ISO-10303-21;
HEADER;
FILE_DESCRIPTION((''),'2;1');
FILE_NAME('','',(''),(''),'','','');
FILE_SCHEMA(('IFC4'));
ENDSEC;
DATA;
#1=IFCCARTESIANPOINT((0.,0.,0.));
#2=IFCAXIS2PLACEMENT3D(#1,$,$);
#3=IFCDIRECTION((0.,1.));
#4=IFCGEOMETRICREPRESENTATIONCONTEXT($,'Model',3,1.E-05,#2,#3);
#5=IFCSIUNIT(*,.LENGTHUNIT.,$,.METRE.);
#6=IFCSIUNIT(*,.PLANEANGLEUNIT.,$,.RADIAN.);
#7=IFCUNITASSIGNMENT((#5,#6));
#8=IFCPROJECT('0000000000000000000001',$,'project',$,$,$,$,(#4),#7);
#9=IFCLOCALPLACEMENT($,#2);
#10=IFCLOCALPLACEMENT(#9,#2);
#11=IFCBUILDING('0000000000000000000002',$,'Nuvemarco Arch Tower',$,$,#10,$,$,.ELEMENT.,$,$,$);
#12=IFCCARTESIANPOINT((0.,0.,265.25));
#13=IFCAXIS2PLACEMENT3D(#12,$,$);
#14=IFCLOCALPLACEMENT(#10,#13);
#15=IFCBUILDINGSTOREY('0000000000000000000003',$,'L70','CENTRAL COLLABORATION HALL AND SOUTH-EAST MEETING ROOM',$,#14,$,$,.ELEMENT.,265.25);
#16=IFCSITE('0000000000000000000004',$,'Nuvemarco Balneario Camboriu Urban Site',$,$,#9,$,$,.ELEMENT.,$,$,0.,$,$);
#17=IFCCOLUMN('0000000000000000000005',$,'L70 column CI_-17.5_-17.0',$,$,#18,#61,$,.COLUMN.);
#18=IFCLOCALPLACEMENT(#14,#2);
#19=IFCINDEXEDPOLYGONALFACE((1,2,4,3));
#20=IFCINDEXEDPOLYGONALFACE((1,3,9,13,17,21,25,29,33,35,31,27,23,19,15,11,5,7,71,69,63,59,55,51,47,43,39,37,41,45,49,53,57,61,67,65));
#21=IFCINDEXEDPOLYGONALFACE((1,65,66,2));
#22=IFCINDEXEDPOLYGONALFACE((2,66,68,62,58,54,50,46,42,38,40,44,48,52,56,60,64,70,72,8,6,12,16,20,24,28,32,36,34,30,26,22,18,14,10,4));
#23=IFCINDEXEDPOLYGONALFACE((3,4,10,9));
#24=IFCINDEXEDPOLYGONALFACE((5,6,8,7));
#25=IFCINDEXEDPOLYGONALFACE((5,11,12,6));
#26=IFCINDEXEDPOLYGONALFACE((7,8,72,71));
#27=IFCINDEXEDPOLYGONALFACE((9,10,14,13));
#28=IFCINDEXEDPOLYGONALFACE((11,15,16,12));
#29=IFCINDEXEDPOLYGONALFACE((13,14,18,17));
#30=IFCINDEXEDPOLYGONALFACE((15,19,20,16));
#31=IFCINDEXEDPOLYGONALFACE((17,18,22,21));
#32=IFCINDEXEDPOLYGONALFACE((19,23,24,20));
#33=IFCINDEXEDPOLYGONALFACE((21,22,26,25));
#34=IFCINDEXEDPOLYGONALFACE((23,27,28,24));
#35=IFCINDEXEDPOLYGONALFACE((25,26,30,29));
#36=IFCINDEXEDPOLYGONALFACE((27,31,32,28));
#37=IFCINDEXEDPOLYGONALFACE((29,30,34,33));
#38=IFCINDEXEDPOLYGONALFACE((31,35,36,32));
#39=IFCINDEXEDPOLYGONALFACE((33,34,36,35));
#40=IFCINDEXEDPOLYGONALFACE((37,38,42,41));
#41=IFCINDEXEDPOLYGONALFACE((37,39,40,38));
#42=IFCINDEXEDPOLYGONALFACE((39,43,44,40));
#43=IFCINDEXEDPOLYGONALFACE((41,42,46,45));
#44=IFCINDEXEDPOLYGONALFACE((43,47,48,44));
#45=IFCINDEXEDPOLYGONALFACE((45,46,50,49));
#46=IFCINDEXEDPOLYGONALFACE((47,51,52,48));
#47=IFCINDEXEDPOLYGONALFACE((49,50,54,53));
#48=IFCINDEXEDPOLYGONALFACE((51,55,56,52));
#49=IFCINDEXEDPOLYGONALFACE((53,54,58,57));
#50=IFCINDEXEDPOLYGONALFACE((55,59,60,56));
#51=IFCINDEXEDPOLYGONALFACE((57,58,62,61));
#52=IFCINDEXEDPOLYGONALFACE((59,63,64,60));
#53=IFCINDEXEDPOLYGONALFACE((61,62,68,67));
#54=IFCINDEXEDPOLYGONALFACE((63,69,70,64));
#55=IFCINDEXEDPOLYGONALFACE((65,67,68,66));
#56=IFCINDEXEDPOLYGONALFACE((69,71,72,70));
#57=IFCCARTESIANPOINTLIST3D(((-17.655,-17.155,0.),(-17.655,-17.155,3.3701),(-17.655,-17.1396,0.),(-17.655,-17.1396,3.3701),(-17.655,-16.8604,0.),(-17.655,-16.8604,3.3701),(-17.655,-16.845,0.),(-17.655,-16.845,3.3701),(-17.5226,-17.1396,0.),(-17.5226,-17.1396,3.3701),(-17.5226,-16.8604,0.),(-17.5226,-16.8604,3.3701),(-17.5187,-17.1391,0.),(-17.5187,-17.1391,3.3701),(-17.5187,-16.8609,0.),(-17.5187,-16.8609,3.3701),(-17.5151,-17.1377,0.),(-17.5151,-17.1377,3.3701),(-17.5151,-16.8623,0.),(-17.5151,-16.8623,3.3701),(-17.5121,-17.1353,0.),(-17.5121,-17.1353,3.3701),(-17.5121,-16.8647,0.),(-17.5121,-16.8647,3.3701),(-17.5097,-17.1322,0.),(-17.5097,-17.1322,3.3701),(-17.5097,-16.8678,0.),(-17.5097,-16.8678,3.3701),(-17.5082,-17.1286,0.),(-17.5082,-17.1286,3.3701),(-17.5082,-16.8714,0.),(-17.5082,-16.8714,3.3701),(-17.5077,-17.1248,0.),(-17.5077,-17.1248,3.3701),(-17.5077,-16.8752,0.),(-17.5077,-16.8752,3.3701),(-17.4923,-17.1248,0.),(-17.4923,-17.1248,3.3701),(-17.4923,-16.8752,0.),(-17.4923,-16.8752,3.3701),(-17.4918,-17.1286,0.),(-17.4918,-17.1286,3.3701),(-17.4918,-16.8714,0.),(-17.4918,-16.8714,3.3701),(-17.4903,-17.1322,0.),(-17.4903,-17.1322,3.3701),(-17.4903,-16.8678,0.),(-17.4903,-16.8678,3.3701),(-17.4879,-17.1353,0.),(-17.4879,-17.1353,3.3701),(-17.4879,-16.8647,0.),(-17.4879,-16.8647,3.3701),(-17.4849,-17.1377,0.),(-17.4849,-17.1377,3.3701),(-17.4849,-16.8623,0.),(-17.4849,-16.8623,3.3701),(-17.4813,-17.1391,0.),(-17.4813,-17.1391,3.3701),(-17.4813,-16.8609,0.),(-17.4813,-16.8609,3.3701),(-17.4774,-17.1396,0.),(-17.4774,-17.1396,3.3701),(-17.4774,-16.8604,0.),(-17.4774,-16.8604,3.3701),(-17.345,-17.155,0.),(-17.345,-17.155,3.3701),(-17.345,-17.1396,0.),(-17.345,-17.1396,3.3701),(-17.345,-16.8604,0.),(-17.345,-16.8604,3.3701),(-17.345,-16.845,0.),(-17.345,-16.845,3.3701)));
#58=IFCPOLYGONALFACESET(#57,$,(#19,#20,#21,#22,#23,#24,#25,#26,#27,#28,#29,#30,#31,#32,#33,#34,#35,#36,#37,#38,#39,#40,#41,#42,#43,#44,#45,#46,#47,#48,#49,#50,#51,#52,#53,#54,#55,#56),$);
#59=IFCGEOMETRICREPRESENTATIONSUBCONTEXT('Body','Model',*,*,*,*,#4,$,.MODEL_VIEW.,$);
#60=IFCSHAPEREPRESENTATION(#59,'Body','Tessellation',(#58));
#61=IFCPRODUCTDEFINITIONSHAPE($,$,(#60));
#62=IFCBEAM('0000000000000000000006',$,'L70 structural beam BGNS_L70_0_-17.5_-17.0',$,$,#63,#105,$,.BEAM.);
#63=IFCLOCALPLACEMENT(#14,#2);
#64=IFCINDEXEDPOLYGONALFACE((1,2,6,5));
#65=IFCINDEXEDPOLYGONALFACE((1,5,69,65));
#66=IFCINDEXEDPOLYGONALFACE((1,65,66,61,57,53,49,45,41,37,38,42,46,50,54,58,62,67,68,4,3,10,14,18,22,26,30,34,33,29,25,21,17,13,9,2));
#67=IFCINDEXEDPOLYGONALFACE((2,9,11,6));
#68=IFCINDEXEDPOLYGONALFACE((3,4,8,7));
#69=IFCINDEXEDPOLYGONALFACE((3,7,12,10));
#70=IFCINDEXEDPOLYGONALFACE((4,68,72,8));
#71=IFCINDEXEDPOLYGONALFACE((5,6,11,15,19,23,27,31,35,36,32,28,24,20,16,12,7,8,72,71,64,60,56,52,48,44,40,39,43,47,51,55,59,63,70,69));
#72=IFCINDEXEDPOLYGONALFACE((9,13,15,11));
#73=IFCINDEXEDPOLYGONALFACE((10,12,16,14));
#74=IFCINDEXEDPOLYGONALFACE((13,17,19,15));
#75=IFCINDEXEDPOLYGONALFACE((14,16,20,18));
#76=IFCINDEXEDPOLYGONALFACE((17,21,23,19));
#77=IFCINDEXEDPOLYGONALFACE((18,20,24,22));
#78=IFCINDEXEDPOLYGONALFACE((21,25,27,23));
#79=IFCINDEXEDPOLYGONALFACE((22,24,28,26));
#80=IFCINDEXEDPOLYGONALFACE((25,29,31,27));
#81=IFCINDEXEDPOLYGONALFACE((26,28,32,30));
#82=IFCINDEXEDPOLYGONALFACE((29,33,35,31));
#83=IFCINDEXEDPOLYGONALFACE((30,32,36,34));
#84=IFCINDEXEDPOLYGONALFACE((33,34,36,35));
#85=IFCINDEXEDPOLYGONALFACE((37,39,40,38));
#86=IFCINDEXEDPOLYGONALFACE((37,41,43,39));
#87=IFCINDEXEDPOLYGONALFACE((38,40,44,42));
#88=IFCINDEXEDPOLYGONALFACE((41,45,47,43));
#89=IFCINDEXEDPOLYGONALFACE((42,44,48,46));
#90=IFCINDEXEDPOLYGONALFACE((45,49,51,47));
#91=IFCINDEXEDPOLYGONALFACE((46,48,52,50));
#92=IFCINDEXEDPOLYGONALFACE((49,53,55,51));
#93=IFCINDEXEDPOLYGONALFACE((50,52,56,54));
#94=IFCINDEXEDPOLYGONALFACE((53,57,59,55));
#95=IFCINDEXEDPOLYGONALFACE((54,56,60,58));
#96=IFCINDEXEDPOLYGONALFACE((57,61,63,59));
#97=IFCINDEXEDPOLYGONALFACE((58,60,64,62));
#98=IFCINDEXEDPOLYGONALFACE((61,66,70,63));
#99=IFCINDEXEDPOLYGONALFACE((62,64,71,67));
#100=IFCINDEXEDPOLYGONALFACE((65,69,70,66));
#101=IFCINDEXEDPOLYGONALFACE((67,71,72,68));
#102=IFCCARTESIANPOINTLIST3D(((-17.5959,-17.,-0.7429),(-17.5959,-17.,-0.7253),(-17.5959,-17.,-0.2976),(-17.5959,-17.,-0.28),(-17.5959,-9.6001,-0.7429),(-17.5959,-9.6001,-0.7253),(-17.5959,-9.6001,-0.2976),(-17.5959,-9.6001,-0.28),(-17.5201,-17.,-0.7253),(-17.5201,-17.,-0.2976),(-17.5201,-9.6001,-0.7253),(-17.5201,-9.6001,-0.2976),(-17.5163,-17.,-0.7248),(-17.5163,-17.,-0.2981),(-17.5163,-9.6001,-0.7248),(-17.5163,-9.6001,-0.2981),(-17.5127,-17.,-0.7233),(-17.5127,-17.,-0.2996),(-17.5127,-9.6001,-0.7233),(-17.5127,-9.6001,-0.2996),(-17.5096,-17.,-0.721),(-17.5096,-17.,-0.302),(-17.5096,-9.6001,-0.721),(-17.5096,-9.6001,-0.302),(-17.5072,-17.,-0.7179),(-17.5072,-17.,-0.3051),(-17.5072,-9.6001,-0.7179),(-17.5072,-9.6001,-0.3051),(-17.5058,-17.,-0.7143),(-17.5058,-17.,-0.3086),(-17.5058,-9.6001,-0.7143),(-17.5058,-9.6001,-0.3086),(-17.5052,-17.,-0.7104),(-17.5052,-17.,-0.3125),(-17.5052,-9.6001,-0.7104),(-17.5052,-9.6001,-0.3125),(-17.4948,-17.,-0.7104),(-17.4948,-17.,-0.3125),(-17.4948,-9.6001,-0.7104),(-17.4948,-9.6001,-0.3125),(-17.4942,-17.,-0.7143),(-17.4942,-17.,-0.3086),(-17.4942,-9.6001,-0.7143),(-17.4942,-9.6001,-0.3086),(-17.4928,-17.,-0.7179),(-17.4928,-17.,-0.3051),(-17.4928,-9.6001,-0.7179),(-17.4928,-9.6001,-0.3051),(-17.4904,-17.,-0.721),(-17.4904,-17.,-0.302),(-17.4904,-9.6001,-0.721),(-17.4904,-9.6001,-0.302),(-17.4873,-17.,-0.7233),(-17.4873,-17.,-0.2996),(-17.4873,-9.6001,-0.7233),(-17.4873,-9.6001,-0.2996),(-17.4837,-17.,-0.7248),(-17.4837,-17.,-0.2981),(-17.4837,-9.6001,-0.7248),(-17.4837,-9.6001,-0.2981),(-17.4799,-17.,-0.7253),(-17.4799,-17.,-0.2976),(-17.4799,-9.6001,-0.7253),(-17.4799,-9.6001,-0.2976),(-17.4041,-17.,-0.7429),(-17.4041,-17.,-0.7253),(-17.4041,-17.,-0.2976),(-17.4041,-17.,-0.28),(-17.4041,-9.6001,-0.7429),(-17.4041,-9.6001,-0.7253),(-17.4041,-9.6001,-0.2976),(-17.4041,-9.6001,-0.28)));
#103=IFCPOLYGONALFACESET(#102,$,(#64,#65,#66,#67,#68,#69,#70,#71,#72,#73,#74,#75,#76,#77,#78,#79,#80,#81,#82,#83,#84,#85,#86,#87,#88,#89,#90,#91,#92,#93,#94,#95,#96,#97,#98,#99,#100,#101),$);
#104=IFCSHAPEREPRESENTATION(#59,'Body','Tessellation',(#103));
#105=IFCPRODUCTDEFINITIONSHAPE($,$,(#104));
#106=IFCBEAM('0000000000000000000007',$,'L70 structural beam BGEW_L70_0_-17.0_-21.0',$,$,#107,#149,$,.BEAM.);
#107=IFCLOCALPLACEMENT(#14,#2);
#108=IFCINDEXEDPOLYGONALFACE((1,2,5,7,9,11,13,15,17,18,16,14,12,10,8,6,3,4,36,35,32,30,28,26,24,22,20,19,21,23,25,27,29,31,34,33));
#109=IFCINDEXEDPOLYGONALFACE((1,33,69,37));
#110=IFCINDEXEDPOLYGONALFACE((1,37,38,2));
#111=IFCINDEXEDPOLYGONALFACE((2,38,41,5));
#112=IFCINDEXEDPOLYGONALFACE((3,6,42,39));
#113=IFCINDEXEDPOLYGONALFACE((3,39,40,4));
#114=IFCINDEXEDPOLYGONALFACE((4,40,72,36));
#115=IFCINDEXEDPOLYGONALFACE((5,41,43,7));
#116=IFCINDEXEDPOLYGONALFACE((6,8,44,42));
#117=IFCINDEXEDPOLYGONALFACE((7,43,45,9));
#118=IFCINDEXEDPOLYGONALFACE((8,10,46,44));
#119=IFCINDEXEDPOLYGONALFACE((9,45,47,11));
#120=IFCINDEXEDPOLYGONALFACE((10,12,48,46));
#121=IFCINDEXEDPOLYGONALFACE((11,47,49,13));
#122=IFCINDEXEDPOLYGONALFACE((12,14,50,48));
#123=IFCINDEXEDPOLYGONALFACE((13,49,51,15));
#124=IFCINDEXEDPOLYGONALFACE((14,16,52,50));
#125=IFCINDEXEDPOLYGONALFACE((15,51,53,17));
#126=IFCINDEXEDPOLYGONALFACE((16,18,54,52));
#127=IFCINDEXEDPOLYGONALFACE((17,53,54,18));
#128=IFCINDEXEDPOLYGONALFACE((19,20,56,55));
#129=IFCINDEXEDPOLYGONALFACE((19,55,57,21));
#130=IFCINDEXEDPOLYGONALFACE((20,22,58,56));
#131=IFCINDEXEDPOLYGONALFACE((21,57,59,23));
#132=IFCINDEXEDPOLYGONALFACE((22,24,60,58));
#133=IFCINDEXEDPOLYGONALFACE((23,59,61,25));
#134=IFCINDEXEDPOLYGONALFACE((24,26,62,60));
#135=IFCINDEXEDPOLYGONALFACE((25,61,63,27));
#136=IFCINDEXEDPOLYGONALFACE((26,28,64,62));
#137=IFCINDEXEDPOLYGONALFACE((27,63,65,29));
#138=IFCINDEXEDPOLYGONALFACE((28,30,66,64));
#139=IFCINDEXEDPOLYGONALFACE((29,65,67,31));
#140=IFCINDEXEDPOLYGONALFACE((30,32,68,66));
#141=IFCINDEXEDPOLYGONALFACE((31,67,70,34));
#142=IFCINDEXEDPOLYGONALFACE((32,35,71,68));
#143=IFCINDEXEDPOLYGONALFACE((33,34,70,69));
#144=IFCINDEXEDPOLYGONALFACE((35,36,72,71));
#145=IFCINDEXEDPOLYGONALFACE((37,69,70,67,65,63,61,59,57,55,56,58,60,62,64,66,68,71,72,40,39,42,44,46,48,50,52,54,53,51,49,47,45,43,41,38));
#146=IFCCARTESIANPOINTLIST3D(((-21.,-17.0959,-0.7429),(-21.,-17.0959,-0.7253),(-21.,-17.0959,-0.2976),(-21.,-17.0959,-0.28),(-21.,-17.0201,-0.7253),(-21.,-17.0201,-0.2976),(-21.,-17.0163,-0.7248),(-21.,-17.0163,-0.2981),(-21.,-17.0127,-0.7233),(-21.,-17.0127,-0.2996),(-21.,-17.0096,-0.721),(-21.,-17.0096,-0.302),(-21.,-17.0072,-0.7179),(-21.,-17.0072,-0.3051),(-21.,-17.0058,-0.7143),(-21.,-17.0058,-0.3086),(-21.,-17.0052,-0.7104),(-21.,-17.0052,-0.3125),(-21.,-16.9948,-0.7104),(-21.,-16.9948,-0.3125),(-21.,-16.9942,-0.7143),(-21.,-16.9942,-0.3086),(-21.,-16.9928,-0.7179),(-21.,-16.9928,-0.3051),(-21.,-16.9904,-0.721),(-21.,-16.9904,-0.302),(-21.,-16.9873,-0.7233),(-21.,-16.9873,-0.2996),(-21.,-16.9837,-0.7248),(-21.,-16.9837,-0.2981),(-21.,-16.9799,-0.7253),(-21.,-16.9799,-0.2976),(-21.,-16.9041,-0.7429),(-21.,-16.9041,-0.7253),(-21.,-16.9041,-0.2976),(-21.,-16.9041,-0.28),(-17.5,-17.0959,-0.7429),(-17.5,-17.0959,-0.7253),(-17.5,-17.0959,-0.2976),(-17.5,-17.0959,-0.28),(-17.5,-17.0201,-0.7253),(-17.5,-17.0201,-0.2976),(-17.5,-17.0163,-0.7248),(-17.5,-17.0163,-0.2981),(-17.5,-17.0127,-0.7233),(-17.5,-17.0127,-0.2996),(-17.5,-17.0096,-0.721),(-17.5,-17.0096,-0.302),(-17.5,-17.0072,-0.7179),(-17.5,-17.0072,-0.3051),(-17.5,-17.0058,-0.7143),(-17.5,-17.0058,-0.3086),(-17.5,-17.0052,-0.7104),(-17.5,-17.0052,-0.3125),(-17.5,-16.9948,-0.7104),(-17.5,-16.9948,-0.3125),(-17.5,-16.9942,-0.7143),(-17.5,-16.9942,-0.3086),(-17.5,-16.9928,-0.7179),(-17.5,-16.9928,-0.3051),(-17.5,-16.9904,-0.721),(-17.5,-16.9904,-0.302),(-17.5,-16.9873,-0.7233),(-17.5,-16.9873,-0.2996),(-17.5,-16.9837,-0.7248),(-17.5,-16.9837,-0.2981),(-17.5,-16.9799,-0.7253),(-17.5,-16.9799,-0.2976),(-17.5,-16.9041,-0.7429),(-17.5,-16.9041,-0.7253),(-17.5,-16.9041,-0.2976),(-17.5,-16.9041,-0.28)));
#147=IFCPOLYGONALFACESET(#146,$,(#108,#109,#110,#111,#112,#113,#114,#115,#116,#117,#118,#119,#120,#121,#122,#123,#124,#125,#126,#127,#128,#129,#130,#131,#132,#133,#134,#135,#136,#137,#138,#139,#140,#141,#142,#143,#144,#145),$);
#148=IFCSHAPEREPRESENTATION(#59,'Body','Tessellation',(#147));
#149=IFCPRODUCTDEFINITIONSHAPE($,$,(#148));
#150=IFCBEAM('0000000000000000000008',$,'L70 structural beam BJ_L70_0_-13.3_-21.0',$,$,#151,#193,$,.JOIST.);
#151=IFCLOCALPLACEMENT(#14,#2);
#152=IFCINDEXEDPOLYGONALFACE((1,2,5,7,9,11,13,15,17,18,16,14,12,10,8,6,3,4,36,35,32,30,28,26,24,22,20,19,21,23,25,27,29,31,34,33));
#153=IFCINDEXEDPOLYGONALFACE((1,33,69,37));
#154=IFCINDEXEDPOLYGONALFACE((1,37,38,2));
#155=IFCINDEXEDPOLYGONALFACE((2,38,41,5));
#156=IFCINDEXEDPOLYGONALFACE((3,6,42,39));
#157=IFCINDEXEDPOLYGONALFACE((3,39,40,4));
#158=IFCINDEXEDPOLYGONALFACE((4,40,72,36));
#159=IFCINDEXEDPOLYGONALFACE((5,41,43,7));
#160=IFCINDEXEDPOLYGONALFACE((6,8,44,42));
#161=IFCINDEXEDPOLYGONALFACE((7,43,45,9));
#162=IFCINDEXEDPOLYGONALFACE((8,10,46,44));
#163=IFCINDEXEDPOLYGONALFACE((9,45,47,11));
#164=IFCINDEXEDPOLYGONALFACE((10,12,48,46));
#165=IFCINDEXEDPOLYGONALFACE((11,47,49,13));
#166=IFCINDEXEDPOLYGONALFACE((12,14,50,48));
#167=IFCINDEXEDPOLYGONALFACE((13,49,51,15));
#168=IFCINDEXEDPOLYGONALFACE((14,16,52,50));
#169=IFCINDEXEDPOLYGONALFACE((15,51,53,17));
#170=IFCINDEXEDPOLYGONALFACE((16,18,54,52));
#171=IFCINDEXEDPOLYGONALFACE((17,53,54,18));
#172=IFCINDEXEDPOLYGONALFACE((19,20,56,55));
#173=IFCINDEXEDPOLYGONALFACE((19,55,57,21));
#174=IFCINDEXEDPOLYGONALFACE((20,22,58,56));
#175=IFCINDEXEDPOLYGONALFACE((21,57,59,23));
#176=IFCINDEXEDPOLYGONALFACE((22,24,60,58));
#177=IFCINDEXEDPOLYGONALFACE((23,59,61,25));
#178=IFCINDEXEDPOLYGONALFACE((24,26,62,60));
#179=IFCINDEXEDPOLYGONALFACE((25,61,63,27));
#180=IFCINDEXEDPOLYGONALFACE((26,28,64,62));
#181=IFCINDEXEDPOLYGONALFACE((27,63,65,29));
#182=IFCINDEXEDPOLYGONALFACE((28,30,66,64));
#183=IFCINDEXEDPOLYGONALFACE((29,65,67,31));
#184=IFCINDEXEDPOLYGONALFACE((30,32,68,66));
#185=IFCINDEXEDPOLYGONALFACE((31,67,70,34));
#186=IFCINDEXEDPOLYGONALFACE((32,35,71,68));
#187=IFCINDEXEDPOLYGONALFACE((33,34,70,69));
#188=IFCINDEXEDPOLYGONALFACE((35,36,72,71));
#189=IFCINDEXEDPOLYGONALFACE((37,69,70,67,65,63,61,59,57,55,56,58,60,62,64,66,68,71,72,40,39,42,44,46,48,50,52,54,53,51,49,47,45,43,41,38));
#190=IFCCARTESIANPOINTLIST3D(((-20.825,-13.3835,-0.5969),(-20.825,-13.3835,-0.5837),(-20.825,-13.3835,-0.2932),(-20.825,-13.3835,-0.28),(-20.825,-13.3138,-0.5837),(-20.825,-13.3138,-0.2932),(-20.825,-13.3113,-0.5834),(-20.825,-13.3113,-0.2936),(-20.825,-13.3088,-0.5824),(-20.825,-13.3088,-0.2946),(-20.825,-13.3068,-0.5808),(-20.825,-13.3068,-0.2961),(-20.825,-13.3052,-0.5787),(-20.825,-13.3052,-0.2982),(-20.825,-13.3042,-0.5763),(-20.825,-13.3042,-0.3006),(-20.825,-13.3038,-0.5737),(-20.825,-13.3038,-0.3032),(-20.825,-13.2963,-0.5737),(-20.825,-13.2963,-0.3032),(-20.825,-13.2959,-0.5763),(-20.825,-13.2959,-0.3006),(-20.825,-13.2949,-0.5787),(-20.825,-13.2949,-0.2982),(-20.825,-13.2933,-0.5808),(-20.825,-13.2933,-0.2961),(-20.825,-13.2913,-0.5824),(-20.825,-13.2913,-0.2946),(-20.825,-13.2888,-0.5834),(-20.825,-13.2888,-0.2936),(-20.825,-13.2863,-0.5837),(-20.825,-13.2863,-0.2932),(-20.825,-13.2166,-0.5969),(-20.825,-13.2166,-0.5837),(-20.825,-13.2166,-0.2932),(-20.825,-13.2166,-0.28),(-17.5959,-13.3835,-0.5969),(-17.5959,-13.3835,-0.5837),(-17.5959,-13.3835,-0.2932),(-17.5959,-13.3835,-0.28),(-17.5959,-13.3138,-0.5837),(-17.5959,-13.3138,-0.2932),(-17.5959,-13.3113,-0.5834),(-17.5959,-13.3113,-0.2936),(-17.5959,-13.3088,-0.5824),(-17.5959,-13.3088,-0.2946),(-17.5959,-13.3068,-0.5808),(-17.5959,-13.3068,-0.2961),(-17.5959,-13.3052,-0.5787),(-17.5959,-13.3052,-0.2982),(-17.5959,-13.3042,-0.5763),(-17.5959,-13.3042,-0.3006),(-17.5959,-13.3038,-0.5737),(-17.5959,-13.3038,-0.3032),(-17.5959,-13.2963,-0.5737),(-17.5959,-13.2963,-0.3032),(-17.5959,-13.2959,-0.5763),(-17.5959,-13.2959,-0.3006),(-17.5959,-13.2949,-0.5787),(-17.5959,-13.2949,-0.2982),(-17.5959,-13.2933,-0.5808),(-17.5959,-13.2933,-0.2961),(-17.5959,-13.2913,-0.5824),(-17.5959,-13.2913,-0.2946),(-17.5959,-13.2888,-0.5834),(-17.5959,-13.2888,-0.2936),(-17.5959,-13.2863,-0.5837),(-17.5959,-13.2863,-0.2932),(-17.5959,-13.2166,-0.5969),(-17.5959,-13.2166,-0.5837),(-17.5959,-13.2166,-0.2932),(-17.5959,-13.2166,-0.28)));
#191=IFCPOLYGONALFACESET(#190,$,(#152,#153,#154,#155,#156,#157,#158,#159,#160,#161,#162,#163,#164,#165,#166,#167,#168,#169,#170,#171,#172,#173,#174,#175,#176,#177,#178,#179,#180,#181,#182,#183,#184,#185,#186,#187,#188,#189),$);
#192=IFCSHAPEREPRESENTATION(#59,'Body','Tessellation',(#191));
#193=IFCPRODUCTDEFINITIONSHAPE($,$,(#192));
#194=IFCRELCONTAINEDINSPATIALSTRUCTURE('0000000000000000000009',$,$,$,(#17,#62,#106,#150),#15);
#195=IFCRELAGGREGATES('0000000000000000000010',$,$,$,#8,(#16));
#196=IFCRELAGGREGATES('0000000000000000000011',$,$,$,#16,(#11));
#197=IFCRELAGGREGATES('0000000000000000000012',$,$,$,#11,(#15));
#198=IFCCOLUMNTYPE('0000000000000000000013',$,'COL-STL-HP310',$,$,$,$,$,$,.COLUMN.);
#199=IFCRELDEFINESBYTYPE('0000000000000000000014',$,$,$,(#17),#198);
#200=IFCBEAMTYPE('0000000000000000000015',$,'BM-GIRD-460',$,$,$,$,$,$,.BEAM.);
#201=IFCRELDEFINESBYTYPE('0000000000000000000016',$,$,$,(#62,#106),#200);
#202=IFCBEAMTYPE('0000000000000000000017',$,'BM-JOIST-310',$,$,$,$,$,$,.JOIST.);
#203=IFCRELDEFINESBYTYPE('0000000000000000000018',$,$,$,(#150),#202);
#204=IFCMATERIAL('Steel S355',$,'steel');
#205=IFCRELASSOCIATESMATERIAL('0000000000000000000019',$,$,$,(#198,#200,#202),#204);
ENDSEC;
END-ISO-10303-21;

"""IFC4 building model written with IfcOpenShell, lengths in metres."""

from ifc_helpers import new_model, si_unit, direction, frame, origin, origin_2d, place, context, subcontext, project, spatial, i_section, extrude, material, material_profile, profile_set, type_object, element, save


model = new_model("IFC4")

# Units and contexts
model_context = context("Model", 3, precision=1e-05, world=origin(), true_north=direction((0.0, 1.0)))
body_context = subcontext(model_context, "Body", "Model", "MODEL_VIEW")
ifc_project = project(units=[si_unit("LENGTHUNIT", "METRE"), si_unit("PLANEANGLEUNIT", "RADIAN")], contexts=[model_context])

# Site, building, storey
site_placement = place(None, origin())
site = spatial("IfcSite", under=ifc_project, at=site_placement, Name="Nuvemarco Balneario Camboriu Urban Site", CompositionType="ELEMENT", RefElevation=0.0)
building_placement = place(site_placement, origin())
building = spatial("IfcBuilding", under=site, at=building_placement, Name="Nuvemarco Arch Tower", CompositionType="ELEMENT")
storey_placement = place(building_placement, frame((0.0, 0.0, 265.25)))
storey = spatial("IfcBuildingStorey", under=building, at=storey_placement, Name="L70", Description="CENTRAL COLLABORATION HALL AND SOUTH-EAST MEETING ROOM", CompositionType="ELEMENT", Elevation=265.25)

# Column
ifc_material_1 = material(Name="Steel S355", Category="steel")
ifc_material_profile_1 = material_profile(ifc_material_1, i_section(OverallWidth=0.3101, OverallDepth=0.3101, WebThickness=0.0154, FlangeThickness=0.0154, FilletRadius=0.0149, at=origin_2d()), Name="HP310x110")
ifc_profile_set_1 = profile_set([ifc_material_profile_1], Name="Steel S355")
column_type = type_object("IfcColumnType", Name="COL-STL-HP310", PredefinedType="COLUMN", material=ifc_profile_set_1)
column_placement = place(storey_placement, frame((-17.5, -17.0, 0.0), z_axis=(0.0, 0.0, 1.0), x_axis=(1.0, 0.0, 0.0)))
element("IfcColumn", 1, at=column_placement, inside=storey, type_object=column_type, Name="L70 column CI_-17.5_-17.0", PredefinedType="COLUMN", context=body_context, shape_type="SweptSolid", body=[
    extrude(i_section(OverallWidth=0.3101, OverallDepth=0.3101, WebThickness=0.0154, FlangeThickness=0.0154, FilletRadius=0.0149, at=origin_2d()), origin(), (0.0, 0.0, 1.0), 3.3701),
])

# Beams
ifc_material_profile_2 = material_profile(ifc_material_1, i_section(OverallWidth=0.1919, OverallDepth=0.4629, WebThickness=0.0105, FlangeThickness=0.0176, FilletRadius=0.0149, at=origin_2d()), Name="W460x89")
ifc_profile_set_2 = profile_set([ifc_material_profile_2], Name="Steel S355")
beam_type_1 = type_object("IfcBeamType", Name="BM-GIRD-460", PredefinedType="BEAM", material=ifc_profile_set_2)
beam_1_placement = place(storey_placement, frame((-17.5, -17.0, -0.5115), z_axis=(0.0, 1.0, 0.0), x_axis=(-1.0, 0.0, 0.0)))
element("IfcBeam", 2, at=beam_1_placement, inside=storey, type_object=beam_type_1, Name="L70 structural beam BGNS_L70_0_-17.5_-17.0", PredefinedType="BEAM", context=body_context, shape_type="SweptSolid", body=[
    extrude(i_section(OverallWidth=0.1919, OverallDepth=0.4629, WebThickness=0.0105, FlangeThickness=0.0176, FilletRadius=0.0149, at=origin_2d()), origin(), (0.0, 0.0, 1.0), 7.3999),
])
beam_2_placement = place(storey_placement, frame((-21.0, -17.0, -0.5115), z_axis=(1.0, 0.0, 0.0), x_axis=(0.0, 1.0, 0.0)))
element("IfcBeam", 3, at=beam_2_placement, inside=storey, type_object=beam_type_1, Name="L70 structural beam BGEW_L70_0_-17.0_-21.0", PredefinedType="BEAM", context=body_context, shape_type="SweptSolid", body=[
    extrude(i_section(OverallWidth=0.1919, OverallDepth=0.4629, WebThickness=0.0105, FlangeThickness=0.0176, FilletRadius=0.0149, at=origin_2d()), origin(), (0.0, 0.0, 1.0), 3.5),
])
ifc_material_profile_3 = material_profile(ifc_material_1, i_section(OverallWidth=0.167, OverallDepth=0.3169, WebThickness=0.0076, FlangeThickness=0.0132, FilletRadius=0.01, at=origin_2d()), Name="W310x52")
ifc_profile_set_3 = profile_set([ifc_material_profile_3], Name="Steel S355")
beam_type_2 = type_object("IfcBeamType", Name="BM-JOIST-310", PredefinedType="JOIST", material=ifc_profile_set_3)
beam_3_placement = place(storey_placement, frame((-20.825, -13.3, -0.4385), z_axis=(1.0, 0.0, 0.0), x_axis=(0.0, 1.0, 0.0)))
element("IfcBeam", 4, at=beam_3_placement, inside=storey, type_object=beam_type_2, Name="L70 structural beam BJ_L70_0_-13.3_-21.0", PredefinedType="JOIST", context=body_context, shape_type="SweptSolid", body=[
    extrude(i_section(OverallWidth=0.167, OverallDepth=0.3169, WebThickness=0.0076, FlangeThickness=0.0132, FilletRadius=0.01, at=origin_2d()), origin(), (0.0, 0.0, 1.0), 3.229),
])

save(model, "model.ifc")
